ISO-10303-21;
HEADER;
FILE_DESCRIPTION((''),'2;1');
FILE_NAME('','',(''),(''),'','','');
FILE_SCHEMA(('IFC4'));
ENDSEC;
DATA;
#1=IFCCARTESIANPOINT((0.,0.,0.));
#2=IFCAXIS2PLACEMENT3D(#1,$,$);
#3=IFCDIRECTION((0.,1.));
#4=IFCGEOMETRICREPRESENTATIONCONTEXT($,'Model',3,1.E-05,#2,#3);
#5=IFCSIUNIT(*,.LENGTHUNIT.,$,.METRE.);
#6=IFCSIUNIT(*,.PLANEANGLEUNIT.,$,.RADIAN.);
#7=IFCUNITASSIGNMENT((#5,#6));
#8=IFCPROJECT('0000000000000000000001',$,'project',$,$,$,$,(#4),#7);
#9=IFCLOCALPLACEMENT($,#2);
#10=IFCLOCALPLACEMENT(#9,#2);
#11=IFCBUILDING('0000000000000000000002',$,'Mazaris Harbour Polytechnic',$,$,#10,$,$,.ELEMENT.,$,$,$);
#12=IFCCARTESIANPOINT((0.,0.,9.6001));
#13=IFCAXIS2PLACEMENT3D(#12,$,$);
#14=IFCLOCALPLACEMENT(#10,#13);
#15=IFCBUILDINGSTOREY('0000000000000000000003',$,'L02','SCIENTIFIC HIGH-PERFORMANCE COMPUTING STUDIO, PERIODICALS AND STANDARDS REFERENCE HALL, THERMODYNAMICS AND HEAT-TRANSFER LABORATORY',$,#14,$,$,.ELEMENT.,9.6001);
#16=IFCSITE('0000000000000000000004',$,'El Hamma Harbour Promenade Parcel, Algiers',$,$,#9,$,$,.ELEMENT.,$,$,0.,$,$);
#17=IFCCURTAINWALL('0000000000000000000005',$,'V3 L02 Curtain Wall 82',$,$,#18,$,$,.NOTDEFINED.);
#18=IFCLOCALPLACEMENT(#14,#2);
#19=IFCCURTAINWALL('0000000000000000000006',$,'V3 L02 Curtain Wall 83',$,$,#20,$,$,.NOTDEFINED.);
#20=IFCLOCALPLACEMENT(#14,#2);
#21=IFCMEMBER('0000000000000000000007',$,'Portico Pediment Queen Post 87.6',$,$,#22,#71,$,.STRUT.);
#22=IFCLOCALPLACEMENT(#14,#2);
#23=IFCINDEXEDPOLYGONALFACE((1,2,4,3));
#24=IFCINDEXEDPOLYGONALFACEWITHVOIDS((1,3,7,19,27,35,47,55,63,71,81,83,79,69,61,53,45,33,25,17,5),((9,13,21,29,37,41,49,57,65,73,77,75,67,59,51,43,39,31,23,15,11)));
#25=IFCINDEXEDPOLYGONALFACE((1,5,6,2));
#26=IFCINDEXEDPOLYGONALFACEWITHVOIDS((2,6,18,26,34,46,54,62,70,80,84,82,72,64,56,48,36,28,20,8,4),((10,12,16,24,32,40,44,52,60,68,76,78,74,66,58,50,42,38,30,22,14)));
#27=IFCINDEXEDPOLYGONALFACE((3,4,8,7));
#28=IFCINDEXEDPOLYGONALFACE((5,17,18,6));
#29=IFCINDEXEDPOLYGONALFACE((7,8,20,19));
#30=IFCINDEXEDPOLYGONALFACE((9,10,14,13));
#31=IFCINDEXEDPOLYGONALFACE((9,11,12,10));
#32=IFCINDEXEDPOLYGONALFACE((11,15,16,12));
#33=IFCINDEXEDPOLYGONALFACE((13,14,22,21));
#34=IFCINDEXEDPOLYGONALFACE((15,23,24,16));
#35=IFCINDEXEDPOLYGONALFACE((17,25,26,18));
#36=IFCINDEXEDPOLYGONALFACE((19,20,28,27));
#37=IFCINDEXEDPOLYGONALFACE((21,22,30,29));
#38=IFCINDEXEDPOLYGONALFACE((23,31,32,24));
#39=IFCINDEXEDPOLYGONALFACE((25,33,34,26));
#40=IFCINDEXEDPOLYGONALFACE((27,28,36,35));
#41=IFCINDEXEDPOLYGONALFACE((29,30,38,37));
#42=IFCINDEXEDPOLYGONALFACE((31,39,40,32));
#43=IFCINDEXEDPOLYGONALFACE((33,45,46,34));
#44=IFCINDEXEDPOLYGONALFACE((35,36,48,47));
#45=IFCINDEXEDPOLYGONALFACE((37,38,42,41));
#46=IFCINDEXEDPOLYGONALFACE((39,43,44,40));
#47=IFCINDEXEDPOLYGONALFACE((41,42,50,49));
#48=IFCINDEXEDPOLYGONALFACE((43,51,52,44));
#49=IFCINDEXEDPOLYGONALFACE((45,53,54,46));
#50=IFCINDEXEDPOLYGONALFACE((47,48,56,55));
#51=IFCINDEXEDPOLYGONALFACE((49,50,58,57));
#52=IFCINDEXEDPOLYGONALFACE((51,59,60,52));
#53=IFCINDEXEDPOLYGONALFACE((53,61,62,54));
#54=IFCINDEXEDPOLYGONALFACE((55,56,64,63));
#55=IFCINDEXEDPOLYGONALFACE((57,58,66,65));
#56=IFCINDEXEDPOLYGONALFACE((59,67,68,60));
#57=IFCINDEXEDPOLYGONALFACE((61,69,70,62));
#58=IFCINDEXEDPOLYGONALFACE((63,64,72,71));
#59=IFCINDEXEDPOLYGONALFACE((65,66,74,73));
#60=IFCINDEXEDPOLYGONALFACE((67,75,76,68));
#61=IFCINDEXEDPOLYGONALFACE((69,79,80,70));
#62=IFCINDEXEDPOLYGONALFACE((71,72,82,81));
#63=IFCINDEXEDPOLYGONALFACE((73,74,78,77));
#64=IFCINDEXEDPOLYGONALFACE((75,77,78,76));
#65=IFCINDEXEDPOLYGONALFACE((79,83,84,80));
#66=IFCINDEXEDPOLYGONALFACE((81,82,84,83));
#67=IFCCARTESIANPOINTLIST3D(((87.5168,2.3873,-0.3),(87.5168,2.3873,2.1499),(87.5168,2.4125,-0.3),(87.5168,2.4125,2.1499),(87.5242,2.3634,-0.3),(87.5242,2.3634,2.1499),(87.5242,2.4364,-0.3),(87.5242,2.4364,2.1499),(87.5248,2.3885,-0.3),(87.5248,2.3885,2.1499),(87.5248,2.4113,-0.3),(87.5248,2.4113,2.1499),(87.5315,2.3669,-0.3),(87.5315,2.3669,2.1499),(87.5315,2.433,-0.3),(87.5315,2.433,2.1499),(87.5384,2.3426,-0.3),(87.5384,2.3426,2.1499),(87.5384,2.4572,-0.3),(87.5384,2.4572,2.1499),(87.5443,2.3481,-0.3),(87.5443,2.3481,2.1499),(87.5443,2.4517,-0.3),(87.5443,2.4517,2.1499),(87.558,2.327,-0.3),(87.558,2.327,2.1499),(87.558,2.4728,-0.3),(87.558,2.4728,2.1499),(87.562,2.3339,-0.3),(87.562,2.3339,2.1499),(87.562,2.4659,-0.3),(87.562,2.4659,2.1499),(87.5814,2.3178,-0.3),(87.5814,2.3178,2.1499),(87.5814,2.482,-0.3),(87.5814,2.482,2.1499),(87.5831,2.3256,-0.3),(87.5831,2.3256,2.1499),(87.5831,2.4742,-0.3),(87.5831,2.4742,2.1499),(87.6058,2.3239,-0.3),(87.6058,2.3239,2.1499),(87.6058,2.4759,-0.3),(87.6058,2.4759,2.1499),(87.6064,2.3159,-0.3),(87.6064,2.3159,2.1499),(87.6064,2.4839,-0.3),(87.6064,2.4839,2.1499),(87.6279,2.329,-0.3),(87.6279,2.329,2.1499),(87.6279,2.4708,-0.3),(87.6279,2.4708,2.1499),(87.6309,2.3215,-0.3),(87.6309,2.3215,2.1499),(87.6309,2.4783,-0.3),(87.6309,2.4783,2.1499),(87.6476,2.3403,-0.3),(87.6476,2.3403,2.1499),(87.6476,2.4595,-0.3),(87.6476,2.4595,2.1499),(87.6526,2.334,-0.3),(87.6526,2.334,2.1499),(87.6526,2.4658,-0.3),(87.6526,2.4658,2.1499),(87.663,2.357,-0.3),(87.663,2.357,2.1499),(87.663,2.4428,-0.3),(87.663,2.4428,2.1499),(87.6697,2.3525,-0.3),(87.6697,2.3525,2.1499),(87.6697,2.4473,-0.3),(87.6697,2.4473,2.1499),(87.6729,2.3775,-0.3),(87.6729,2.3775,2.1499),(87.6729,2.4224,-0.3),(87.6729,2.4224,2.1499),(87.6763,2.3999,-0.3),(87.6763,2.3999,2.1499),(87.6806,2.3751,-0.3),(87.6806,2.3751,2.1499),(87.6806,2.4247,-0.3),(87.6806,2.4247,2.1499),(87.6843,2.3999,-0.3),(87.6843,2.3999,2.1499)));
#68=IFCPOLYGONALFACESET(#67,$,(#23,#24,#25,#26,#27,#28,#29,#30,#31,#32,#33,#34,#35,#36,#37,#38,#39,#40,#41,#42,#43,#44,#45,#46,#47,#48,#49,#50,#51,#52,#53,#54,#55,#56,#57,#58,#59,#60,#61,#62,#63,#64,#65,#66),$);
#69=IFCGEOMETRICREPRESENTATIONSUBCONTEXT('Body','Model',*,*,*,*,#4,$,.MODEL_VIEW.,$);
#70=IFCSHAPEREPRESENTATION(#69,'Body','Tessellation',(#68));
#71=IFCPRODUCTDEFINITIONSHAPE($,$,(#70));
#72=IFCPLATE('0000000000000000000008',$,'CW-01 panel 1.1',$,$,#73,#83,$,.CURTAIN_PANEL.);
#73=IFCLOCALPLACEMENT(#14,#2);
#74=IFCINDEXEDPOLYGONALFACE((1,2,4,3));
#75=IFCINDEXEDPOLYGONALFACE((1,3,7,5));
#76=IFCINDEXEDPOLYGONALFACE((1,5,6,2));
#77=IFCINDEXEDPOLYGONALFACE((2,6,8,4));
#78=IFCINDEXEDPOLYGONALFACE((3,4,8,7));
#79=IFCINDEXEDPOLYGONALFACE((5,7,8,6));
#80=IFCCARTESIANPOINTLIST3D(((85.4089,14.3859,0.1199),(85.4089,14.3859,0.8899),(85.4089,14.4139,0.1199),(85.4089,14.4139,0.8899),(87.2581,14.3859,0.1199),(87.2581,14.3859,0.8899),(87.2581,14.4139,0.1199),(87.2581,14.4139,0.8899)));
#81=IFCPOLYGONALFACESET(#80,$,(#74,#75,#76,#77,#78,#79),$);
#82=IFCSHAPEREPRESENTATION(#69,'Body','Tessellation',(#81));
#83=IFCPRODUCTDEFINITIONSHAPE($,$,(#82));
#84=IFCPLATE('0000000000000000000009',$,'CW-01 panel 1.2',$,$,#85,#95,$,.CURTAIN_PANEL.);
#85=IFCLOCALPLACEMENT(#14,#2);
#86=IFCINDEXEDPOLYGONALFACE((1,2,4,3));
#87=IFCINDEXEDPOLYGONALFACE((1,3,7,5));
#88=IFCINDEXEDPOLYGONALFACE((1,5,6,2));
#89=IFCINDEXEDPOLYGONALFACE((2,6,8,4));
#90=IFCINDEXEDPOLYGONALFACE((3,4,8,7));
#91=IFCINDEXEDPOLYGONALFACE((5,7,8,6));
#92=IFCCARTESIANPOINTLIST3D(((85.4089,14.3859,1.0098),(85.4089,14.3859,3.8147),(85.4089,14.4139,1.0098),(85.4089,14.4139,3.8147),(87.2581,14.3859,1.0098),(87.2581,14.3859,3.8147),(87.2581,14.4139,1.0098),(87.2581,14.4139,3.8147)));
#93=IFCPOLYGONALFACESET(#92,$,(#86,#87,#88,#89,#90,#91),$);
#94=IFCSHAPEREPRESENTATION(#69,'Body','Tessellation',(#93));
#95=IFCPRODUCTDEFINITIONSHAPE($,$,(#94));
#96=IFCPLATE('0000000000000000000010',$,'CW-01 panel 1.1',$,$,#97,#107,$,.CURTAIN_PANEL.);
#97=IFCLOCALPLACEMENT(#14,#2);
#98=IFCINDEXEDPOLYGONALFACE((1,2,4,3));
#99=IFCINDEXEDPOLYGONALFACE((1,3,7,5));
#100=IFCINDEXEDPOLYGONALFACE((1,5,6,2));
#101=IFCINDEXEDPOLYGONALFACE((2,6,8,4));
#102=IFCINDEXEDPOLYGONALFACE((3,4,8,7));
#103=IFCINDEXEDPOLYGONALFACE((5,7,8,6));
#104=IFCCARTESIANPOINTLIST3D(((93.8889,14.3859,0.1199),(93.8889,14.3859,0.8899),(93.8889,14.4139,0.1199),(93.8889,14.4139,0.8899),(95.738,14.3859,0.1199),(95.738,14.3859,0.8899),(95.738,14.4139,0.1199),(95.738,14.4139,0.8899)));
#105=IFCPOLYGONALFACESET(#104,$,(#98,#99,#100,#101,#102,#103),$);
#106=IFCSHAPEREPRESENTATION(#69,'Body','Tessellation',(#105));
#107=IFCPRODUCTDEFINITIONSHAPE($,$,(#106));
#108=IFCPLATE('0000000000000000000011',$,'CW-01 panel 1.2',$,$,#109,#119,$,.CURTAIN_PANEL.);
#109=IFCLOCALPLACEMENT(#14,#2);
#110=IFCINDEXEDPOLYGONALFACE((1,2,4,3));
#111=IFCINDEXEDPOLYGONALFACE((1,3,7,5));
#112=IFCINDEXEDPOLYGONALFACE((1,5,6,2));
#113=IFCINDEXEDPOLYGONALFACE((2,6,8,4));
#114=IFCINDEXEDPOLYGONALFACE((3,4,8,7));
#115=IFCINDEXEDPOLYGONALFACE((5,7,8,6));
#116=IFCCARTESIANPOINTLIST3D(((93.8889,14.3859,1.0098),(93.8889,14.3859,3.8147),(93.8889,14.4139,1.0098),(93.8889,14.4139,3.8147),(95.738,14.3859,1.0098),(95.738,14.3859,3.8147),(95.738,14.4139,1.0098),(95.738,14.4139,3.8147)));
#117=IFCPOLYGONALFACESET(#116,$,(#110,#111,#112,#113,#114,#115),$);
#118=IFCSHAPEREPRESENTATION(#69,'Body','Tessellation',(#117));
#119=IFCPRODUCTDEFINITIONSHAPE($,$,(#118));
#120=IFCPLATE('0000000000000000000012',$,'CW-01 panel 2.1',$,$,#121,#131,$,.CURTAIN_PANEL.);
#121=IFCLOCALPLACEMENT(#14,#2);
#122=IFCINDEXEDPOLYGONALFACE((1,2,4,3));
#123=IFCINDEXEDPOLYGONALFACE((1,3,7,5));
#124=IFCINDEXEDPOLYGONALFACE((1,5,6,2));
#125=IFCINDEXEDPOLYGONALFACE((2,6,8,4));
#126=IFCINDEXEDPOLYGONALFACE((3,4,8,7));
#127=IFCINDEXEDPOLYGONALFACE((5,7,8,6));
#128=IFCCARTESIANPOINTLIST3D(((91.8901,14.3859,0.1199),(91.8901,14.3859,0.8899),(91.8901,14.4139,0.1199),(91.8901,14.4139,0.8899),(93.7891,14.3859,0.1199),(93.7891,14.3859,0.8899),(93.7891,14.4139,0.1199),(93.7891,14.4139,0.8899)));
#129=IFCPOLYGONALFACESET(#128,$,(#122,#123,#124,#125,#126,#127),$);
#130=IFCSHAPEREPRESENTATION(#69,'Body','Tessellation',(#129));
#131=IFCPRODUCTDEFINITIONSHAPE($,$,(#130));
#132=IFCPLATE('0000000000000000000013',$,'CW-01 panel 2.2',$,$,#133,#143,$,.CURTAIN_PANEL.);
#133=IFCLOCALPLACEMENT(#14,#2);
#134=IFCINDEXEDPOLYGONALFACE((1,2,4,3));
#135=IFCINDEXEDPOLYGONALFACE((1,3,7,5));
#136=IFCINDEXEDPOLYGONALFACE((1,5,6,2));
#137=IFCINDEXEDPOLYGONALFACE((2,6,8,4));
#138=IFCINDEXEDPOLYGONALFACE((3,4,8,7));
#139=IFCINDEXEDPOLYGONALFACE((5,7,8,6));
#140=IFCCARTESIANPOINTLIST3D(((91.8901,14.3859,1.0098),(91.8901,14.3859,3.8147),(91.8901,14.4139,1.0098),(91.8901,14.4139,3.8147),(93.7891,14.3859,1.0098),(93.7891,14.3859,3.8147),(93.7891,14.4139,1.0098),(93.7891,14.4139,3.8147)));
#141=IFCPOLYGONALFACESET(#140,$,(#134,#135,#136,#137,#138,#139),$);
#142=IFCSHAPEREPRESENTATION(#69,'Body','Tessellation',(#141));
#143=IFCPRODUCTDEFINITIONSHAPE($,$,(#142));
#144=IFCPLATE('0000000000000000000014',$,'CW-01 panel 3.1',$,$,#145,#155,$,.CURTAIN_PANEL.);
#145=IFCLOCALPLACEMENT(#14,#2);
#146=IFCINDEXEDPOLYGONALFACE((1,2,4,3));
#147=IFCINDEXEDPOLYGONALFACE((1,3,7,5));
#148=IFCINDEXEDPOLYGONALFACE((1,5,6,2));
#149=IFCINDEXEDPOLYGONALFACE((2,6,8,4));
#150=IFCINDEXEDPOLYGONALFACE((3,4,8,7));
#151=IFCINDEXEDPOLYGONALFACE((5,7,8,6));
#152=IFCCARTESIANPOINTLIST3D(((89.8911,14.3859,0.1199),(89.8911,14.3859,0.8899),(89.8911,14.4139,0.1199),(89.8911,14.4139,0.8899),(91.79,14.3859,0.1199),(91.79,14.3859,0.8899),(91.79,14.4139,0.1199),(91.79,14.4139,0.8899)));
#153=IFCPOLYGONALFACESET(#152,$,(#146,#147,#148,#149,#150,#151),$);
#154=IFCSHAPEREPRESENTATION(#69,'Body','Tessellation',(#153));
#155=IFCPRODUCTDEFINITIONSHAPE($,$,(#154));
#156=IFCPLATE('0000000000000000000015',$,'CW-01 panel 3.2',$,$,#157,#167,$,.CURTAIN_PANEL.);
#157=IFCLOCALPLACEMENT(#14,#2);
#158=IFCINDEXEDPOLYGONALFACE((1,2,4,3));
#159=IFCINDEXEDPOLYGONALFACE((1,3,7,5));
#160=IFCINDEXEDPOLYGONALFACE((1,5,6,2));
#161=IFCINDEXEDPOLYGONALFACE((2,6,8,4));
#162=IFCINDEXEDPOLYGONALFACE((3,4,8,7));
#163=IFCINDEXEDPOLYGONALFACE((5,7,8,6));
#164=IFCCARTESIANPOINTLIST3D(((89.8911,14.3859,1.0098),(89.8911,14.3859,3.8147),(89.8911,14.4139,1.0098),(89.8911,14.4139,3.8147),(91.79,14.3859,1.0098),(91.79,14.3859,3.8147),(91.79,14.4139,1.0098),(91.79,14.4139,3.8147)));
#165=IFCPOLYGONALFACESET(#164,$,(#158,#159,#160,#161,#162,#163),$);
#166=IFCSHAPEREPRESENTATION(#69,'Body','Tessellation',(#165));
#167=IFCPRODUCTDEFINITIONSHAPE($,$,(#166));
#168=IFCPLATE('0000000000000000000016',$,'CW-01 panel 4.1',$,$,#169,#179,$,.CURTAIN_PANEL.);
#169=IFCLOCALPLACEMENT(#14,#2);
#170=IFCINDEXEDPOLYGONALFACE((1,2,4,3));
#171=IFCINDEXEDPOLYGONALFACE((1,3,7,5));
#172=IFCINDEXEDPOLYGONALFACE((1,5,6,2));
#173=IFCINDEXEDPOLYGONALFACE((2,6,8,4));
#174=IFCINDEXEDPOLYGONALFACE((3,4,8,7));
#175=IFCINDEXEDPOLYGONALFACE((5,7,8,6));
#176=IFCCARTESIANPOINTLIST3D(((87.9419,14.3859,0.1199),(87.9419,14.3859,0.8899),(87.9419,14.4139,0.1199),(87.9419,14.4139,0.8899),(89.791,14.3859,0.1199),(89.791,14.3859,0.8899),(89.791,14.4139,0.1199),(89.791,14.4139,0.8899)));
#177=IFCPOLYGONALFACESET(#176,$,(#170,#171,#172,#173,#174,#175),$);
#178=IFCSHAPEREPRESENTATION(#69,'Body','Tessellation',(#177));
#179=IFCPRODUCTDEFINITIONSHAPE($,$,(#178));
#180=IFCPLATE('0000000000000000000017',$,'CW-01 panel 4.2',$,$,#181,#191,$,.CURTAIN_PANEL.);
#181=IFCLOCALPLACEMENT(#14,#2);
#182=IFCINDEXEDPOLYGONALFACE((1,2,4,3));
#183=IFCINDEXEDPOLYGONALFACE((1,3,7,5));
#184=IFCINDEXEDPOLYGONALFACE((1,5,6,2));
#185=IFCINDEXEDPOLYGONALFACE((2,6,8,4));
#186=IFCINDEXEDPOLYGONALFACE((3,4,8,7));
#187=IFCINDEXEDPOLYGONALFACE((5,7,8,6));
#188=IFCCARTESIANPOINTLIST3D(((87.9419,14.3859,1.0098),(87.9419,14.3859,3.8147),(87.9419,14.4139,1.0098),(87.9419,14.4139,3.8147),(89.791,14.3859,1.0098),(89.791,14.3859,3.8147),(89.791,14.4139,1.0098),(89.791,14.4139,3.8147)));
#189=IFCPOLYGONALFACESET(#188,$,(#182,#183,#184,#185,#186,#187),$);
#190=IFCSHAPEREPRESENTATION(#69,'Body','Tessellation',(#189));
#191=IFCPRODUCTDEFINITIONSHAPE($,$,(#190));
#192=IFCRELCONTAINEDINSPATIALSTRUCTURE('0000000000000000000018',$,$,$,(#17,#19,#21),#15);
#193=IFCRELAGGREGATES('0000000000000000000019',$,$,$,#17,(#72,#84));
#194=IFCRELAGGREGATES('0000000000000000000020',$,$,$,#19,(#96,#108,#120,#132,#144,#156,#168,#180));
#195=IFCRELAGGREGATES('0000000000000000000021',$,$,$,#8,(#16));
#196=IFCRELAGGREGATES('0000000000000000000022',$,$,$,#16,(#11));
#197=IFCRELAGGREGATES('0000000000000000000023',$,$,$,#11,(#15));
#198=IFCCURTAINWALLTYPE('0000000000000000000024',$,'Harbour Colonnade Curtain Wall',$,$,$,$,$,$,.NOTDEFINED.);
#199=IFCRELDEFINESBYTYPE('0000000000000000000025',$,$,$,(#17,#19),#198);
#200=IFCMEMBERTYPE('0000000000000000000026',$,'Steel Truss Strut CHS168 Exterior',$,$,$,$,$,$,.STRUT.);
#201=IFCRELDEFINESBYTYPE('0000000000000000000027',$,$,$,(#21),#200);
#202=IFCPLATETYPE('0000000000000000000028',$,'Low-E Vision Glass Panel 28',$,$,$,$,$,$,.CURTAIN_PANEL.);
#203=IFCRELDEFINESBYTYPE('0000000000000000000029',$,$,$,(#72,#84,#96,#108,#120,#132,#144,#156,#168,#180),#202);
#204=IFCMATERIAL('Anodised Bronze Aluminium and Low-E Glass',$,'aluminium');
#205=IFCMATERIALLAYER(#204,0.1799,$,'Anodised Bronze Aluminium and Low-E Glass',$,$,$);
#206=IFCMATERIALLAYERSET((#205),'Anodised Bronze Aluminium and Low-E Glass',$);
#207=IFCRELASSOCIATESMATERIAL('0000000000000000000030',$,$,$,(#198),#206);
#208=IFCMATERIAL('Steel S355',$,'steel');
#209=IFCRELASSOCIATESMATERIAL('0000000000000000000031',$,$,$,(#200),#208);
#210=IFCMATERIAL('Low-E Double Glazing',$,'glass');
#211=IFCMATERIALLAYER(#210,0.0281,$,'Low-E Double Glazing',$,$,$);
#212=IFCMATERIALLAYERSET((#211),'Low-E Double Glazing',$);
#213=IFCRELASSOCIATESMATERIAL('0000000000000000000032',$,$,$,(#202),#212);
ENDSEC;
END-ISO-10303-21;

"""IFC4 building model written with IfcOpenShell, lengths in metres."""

from ifc_helpers import new_model, si_unit, direction, frame, origin, origin_2d, place, context, subcontext, project, spatial, rectangle, hollow_circle, extrude, material, layer, layer_set, material_profile, profile_set, type_object, element, aggregate, save


model = new_model("IFC4")

# Units and contexts
model_context = context("Model", 3, precision=1e-05, world=origin(), true_north=direction((0.0, 1.0)))
body_context = subcontext(model_context, "Body", "Model", "MODEL_VIEW")
ifc_project = project(units=[si_unit("LENGTHUNIT", "METRE"), si_unit("PLANEANGLEUNIT", "RADIAN")], contexts=[model_context])

# Site, building, storey
site_placement = place(None, origin())
site = spatial("IfcSite", under=ifc_project, at=site_placement, Name="El Hamma Harbour Promenade Parcel, Algiers", CompositionType="ELEMENT", RefElevation=0.0)
building_placement = place(site_placement, origin())
building = spatial("IfcBuilding", under=site, at=building_placement, Name="Mazaris Harbour Polytechnic", CompositionType="ELEMENT")
storey_placement = place(building_placement, frame((0.0, 0.0, 9.6001)))
storey = spatial("IfcBuildingStorey", under=building, at=storey_placement, Name="L02", Description="SCIENTIFIC HIGH-PERFORMANCE COMPUTING STUDIO, PERIODICALS AND STANDARDS REFERENCE HALL, THERMODYNAMICS AND HEAT-TRANSFER LABORATORY", CompositionType="ELEMENT", Elevation=9.6001)

# Curtain walls
ifc_material_1 = material(Name="Anodised Bronze Aluminium and Low-E Glass", Category="aluminium")
ifc_layer_1 = layer(ifc_material_1, 0.1799, Name="Anodised Bronze Aluminium and Low-E Glass")
ifc_layer_set_1 = layer_set([ifc_layer_1], Name="Anodised Bronze Aluminium and Low-E Glass")
curtain_wall_type = type_object("IfcCurtainWallType", Name="Harbour Colonnade Curtain Wall", PredefinedType="NOTDEFINED", material=ifc_layer_set_1)
curtain_wall_1_placement = place(storey_placement, origin())
curtain_wall_1 = element("IfcCurtainWall", 1, at=curtain_wall_1_placement, inside=storey, type_object=curtain_wall_type, Name="V3 L02 Curtain Wall 82", PredefinedType="NOTDEFINED")
curtain_wall_2_placement = place(storey_placement, origin())
curtain_wall_2 = element("IfcCurtainWall", 2, at=curtain_wall_2_placement, inside=storey, type_object=curtain_wall_type, Name="V3 L02 Curtain Wall 83", PredefinedType="NOTDEFINED")

# Member
ifc_material_2 = material(Name="Steel S355", Category="steel")
ifc_material_profile_1 = material_profile(ifc_material_2, hollow_circle(Radius=0.0842, WallThickness=0.0081, at=origin_2d()), Name="CHS 168.3x8.0")
ifc_profile_set_1 = profile_set([ifc_material_profile_1], Name="Steel S355")
member_type_1 = type_object("IfcMemberType", Name="Steel Truss Strut CHS168 Exterior", PredefinedType="STRUT", material=ifc_profile_set_1)
member_1_placement = place(storey_placement, frame((87.6001, 2.3999, -0.3), z_axis=(0.0, 0.0, 1.0), x_axis=(1.0, 0.0, 0.0)))
element("IfcMember", 3, at=member_1_placement, inside=storey, type_object=member_type_1, Name="Portico Pediment Queen Post 87.6", PredefinedType="STRUT", context=body_context, shape_type="SweptSolid", body=[
    extrude(hollow_circle(Radius=0.0842, WallThickness=0.0081, at=origin_2d()), origin(), (0.0, 0.0, 1.0), 2.45),
])

# Plates
ifc_material_3 = material(Name="Low-E Double Glazing", Category="glass")
ifc_layer_2 = layer(ifc_material_3, 0.0281, Name="Low-E Double Glazing")
ifc_layer_set_2 = layer_set([ifc_layer_2], Name="Low-E Double Glazing")
plate_type = type_object("IfcPlateType", Name="Low-E Vision Glass Panel 28", PredefinedType="CURTAIN_PANEL", material=ifc_layer_set_2)
plate_1_placement = place(storey_placement, frame((86.3335, 14.3999, 0.1199), z_axis=(0.0, 0.0, 1.0), x_axis=(-1.0, 0.0, 0.0)))
plate_1 = element("IfcPlate", 4, at=plate_1_placement, type_object=plate_type, Name="CW-01 panel 1.1", PredefinedType="CURTAIN_PANEL", context=body_context, shape_type="SweptSolid", body=[
    extrude(rectangle(XDim=1.8491, YDim=0.0281, at=origin_2d()), origin(), (0.0, 0.0, 1.0), 0.77),
])
plate_2_placement = place(storey_placement, frame((86.3335, 14.3999, 1.0098), z_axis=(0.0, 0.0, 1.0), x_axis=(-1.0, 0.0, 0.0)))
plate_2 = element("IfcPlate", 5, at=plate_2_placement, type_object=plate_type, Name="CW-01 panel 1.2", PredefinedType="CURTAIN_PANEL", context=body_context, shape_type="SweptSolid", body=[
    extrude(rectangle(XDim=1.8491, YDim=0.0281, at=origin_2d()), origin(), (0.0, 0.0, 1.0), 2.8049),
])
aggregate(curtain_wall_1, [plate_1, plate_2])
plate_3_placement = place(storey_placement, frame((94.8135, 14.3999, 0.1199), z_axis=(0.0, 0.0, 1.0), x_axis=(-1.0, 0.0, 0.0)))
plate_3 = element("IfcPlate", 6, at=plate_3_placement, type_object=plate_type, Name="CW-01 panel 1.1", PredefinedType="CURTAIN_PANEL", context=body_context, shape_type="SweptSolid", body=[
    extrude(rectangle(XDim=1.8491, YDim=0.0281, at=origin_2d()), origin(), (0.0, 0.0, 1.0), 0.77),
])
plate_4_placement = place(storey_placement, frame((94.8135, 14.3999, 1.0098), z_axis=(0.0, 0.0, 1.0), x_axis=(-1.0, 0.0, 0.0)))
plate_4 = element("IfcPlate", 7, at=plate_4_placement, type_object=plate_type, Name="CW-01 panel 1.2", PredefinedType="CURTAIN_PANEL", context=body_context, shape_type="SweptSolid", body=[
    extrude(rectangle(XDim=1.8491, YDim=0.0281, at=origin_2d()), origin(), (0.0, 0.0, 1.0), 2.8049),
])
plate_5_placement = place(storey_placement, frame((92.8396, 14.3999, 0.1199), z_axis=(0.0, 0.0, 1.0), x_axis=(-1.0, 0.0, 0.0)))
plate_5 = element("IfcPlate", 8, at=plate_5_placement, type_object=plate_type, Name="CW-01 panel 2.1", PredefinedType="CURTAIN_PANEL", context=body_context, shape_type="SweptSolid", body=[
    extrude(rectangle(XDim=1.8989, YDim=0.0281, at=origin_2d()), origin(), (0.0, 0.0, 1.0), 0.77),
])
plate_6_placement = place(storey_placement, frame((92.8396, 14.3999, 1.0098), z_axis=(0.0, 0.0, 1.0), x_axis=(-1.0, 0.0, 0.0)))
plate_6 = element("IfcPlate", 9, at=plate_6_placement, type_object=plate_type, Name="CW-01 panel 2.2", PredefinedType="CURTAIN_PANEL", context=body_context, shape_type="SweptSolid", body=[
    extrude(rectangle(XDim=1.8989, YDim=0.0281, at=origin_2d()), origin(), (0.0, 0.0, 1.0), 2.8049),
])
plate_7_placement = place(storey_placement, frame((90.8406, 14.3999, 0.1199), z_axis=(0.0, 0.0, 1.0), x_axis=(-1.0, 0.0, 0.0)))
plate_7 = element("IfcPlate", 10, at=plate_7_placement, type_object=plate_type, Name="CW-01 panel 3.1", PredefinedType="CURTAIN_PANEL", context=body_context, shape_type="SweptSolid", body=[
    extrude(rectangle(XDim=1.8989, YDim=0.0281, at=origin_2d()), origin(), (0.0, 0.0, 1.0), 0.77),
])
plate_8_placement = place(storey_placement, frame((90.8406, 14.3999, 1.0098), z_axis=(0.0, 0.0, 1.0), x_axis=(-1.0, 0.0, 0.0)))
plate_8 = element("IfcPlate", 11, at=plate_8_placement, type_object=plate_type, Name="CW-01 panel 3.2", PredefinedType="CURTAIN_PANEL", context=body_context, shape_type="SweptSolid", body=[
    extrude(rectangle(XDim=1.8989, YDim=0.0281, at=origin_2d()), origin(), (0.0, 0.0, 1.0), 2.8049),
])
plate_9_placement = place(storey_placement, frame((88.8665, 14.3999, 0.1199), z_axis=(0.0, 0.0, 1.0), x_axis=(-1.0, 0.0, 0.0)))
plate_9 = element("IfcPlate", 12, at=plate_9_placement, type_object=plate_type, Name="CW-01 panel 4.1", PredefinedType="CURTAIN_PANEL", context=body_context, shape_type="SweptSolid", body=[
    extrude(rectangle(XDim=1.8491, YDim=0.0281, at=origin_2d()), origin(), (0.0, 0.0, 1.0), 0.77),
])
plate_10_placement = place(storey_placement, frame((88.8665, 14.3999, 1.0098), z_axis=(0.0, 0.0, 1.0), x_axis=(-1.0, 0.0, 0.0)))
plate_10 = element("IfcPlate", 13, at=plate_10_placement, type_object=plate_type, Name="CW-01 panel 4.2", PredefinedType="CURTAIN_PANEL", context=body_context, shape_type="SweptSolid", body=[
    extrude(rectangle(XDim=1.8491, YDim=0.0281, at=origin_2d()), origin(), (0.0, 0.0, 1.0), 2.8049),
])
aggregate(curtain_wall_2, [plate_3, plate_4, plate_5, plate_6, plate_7, plate_8, plate_9, plate_10])

save(model, "model.ifc")
